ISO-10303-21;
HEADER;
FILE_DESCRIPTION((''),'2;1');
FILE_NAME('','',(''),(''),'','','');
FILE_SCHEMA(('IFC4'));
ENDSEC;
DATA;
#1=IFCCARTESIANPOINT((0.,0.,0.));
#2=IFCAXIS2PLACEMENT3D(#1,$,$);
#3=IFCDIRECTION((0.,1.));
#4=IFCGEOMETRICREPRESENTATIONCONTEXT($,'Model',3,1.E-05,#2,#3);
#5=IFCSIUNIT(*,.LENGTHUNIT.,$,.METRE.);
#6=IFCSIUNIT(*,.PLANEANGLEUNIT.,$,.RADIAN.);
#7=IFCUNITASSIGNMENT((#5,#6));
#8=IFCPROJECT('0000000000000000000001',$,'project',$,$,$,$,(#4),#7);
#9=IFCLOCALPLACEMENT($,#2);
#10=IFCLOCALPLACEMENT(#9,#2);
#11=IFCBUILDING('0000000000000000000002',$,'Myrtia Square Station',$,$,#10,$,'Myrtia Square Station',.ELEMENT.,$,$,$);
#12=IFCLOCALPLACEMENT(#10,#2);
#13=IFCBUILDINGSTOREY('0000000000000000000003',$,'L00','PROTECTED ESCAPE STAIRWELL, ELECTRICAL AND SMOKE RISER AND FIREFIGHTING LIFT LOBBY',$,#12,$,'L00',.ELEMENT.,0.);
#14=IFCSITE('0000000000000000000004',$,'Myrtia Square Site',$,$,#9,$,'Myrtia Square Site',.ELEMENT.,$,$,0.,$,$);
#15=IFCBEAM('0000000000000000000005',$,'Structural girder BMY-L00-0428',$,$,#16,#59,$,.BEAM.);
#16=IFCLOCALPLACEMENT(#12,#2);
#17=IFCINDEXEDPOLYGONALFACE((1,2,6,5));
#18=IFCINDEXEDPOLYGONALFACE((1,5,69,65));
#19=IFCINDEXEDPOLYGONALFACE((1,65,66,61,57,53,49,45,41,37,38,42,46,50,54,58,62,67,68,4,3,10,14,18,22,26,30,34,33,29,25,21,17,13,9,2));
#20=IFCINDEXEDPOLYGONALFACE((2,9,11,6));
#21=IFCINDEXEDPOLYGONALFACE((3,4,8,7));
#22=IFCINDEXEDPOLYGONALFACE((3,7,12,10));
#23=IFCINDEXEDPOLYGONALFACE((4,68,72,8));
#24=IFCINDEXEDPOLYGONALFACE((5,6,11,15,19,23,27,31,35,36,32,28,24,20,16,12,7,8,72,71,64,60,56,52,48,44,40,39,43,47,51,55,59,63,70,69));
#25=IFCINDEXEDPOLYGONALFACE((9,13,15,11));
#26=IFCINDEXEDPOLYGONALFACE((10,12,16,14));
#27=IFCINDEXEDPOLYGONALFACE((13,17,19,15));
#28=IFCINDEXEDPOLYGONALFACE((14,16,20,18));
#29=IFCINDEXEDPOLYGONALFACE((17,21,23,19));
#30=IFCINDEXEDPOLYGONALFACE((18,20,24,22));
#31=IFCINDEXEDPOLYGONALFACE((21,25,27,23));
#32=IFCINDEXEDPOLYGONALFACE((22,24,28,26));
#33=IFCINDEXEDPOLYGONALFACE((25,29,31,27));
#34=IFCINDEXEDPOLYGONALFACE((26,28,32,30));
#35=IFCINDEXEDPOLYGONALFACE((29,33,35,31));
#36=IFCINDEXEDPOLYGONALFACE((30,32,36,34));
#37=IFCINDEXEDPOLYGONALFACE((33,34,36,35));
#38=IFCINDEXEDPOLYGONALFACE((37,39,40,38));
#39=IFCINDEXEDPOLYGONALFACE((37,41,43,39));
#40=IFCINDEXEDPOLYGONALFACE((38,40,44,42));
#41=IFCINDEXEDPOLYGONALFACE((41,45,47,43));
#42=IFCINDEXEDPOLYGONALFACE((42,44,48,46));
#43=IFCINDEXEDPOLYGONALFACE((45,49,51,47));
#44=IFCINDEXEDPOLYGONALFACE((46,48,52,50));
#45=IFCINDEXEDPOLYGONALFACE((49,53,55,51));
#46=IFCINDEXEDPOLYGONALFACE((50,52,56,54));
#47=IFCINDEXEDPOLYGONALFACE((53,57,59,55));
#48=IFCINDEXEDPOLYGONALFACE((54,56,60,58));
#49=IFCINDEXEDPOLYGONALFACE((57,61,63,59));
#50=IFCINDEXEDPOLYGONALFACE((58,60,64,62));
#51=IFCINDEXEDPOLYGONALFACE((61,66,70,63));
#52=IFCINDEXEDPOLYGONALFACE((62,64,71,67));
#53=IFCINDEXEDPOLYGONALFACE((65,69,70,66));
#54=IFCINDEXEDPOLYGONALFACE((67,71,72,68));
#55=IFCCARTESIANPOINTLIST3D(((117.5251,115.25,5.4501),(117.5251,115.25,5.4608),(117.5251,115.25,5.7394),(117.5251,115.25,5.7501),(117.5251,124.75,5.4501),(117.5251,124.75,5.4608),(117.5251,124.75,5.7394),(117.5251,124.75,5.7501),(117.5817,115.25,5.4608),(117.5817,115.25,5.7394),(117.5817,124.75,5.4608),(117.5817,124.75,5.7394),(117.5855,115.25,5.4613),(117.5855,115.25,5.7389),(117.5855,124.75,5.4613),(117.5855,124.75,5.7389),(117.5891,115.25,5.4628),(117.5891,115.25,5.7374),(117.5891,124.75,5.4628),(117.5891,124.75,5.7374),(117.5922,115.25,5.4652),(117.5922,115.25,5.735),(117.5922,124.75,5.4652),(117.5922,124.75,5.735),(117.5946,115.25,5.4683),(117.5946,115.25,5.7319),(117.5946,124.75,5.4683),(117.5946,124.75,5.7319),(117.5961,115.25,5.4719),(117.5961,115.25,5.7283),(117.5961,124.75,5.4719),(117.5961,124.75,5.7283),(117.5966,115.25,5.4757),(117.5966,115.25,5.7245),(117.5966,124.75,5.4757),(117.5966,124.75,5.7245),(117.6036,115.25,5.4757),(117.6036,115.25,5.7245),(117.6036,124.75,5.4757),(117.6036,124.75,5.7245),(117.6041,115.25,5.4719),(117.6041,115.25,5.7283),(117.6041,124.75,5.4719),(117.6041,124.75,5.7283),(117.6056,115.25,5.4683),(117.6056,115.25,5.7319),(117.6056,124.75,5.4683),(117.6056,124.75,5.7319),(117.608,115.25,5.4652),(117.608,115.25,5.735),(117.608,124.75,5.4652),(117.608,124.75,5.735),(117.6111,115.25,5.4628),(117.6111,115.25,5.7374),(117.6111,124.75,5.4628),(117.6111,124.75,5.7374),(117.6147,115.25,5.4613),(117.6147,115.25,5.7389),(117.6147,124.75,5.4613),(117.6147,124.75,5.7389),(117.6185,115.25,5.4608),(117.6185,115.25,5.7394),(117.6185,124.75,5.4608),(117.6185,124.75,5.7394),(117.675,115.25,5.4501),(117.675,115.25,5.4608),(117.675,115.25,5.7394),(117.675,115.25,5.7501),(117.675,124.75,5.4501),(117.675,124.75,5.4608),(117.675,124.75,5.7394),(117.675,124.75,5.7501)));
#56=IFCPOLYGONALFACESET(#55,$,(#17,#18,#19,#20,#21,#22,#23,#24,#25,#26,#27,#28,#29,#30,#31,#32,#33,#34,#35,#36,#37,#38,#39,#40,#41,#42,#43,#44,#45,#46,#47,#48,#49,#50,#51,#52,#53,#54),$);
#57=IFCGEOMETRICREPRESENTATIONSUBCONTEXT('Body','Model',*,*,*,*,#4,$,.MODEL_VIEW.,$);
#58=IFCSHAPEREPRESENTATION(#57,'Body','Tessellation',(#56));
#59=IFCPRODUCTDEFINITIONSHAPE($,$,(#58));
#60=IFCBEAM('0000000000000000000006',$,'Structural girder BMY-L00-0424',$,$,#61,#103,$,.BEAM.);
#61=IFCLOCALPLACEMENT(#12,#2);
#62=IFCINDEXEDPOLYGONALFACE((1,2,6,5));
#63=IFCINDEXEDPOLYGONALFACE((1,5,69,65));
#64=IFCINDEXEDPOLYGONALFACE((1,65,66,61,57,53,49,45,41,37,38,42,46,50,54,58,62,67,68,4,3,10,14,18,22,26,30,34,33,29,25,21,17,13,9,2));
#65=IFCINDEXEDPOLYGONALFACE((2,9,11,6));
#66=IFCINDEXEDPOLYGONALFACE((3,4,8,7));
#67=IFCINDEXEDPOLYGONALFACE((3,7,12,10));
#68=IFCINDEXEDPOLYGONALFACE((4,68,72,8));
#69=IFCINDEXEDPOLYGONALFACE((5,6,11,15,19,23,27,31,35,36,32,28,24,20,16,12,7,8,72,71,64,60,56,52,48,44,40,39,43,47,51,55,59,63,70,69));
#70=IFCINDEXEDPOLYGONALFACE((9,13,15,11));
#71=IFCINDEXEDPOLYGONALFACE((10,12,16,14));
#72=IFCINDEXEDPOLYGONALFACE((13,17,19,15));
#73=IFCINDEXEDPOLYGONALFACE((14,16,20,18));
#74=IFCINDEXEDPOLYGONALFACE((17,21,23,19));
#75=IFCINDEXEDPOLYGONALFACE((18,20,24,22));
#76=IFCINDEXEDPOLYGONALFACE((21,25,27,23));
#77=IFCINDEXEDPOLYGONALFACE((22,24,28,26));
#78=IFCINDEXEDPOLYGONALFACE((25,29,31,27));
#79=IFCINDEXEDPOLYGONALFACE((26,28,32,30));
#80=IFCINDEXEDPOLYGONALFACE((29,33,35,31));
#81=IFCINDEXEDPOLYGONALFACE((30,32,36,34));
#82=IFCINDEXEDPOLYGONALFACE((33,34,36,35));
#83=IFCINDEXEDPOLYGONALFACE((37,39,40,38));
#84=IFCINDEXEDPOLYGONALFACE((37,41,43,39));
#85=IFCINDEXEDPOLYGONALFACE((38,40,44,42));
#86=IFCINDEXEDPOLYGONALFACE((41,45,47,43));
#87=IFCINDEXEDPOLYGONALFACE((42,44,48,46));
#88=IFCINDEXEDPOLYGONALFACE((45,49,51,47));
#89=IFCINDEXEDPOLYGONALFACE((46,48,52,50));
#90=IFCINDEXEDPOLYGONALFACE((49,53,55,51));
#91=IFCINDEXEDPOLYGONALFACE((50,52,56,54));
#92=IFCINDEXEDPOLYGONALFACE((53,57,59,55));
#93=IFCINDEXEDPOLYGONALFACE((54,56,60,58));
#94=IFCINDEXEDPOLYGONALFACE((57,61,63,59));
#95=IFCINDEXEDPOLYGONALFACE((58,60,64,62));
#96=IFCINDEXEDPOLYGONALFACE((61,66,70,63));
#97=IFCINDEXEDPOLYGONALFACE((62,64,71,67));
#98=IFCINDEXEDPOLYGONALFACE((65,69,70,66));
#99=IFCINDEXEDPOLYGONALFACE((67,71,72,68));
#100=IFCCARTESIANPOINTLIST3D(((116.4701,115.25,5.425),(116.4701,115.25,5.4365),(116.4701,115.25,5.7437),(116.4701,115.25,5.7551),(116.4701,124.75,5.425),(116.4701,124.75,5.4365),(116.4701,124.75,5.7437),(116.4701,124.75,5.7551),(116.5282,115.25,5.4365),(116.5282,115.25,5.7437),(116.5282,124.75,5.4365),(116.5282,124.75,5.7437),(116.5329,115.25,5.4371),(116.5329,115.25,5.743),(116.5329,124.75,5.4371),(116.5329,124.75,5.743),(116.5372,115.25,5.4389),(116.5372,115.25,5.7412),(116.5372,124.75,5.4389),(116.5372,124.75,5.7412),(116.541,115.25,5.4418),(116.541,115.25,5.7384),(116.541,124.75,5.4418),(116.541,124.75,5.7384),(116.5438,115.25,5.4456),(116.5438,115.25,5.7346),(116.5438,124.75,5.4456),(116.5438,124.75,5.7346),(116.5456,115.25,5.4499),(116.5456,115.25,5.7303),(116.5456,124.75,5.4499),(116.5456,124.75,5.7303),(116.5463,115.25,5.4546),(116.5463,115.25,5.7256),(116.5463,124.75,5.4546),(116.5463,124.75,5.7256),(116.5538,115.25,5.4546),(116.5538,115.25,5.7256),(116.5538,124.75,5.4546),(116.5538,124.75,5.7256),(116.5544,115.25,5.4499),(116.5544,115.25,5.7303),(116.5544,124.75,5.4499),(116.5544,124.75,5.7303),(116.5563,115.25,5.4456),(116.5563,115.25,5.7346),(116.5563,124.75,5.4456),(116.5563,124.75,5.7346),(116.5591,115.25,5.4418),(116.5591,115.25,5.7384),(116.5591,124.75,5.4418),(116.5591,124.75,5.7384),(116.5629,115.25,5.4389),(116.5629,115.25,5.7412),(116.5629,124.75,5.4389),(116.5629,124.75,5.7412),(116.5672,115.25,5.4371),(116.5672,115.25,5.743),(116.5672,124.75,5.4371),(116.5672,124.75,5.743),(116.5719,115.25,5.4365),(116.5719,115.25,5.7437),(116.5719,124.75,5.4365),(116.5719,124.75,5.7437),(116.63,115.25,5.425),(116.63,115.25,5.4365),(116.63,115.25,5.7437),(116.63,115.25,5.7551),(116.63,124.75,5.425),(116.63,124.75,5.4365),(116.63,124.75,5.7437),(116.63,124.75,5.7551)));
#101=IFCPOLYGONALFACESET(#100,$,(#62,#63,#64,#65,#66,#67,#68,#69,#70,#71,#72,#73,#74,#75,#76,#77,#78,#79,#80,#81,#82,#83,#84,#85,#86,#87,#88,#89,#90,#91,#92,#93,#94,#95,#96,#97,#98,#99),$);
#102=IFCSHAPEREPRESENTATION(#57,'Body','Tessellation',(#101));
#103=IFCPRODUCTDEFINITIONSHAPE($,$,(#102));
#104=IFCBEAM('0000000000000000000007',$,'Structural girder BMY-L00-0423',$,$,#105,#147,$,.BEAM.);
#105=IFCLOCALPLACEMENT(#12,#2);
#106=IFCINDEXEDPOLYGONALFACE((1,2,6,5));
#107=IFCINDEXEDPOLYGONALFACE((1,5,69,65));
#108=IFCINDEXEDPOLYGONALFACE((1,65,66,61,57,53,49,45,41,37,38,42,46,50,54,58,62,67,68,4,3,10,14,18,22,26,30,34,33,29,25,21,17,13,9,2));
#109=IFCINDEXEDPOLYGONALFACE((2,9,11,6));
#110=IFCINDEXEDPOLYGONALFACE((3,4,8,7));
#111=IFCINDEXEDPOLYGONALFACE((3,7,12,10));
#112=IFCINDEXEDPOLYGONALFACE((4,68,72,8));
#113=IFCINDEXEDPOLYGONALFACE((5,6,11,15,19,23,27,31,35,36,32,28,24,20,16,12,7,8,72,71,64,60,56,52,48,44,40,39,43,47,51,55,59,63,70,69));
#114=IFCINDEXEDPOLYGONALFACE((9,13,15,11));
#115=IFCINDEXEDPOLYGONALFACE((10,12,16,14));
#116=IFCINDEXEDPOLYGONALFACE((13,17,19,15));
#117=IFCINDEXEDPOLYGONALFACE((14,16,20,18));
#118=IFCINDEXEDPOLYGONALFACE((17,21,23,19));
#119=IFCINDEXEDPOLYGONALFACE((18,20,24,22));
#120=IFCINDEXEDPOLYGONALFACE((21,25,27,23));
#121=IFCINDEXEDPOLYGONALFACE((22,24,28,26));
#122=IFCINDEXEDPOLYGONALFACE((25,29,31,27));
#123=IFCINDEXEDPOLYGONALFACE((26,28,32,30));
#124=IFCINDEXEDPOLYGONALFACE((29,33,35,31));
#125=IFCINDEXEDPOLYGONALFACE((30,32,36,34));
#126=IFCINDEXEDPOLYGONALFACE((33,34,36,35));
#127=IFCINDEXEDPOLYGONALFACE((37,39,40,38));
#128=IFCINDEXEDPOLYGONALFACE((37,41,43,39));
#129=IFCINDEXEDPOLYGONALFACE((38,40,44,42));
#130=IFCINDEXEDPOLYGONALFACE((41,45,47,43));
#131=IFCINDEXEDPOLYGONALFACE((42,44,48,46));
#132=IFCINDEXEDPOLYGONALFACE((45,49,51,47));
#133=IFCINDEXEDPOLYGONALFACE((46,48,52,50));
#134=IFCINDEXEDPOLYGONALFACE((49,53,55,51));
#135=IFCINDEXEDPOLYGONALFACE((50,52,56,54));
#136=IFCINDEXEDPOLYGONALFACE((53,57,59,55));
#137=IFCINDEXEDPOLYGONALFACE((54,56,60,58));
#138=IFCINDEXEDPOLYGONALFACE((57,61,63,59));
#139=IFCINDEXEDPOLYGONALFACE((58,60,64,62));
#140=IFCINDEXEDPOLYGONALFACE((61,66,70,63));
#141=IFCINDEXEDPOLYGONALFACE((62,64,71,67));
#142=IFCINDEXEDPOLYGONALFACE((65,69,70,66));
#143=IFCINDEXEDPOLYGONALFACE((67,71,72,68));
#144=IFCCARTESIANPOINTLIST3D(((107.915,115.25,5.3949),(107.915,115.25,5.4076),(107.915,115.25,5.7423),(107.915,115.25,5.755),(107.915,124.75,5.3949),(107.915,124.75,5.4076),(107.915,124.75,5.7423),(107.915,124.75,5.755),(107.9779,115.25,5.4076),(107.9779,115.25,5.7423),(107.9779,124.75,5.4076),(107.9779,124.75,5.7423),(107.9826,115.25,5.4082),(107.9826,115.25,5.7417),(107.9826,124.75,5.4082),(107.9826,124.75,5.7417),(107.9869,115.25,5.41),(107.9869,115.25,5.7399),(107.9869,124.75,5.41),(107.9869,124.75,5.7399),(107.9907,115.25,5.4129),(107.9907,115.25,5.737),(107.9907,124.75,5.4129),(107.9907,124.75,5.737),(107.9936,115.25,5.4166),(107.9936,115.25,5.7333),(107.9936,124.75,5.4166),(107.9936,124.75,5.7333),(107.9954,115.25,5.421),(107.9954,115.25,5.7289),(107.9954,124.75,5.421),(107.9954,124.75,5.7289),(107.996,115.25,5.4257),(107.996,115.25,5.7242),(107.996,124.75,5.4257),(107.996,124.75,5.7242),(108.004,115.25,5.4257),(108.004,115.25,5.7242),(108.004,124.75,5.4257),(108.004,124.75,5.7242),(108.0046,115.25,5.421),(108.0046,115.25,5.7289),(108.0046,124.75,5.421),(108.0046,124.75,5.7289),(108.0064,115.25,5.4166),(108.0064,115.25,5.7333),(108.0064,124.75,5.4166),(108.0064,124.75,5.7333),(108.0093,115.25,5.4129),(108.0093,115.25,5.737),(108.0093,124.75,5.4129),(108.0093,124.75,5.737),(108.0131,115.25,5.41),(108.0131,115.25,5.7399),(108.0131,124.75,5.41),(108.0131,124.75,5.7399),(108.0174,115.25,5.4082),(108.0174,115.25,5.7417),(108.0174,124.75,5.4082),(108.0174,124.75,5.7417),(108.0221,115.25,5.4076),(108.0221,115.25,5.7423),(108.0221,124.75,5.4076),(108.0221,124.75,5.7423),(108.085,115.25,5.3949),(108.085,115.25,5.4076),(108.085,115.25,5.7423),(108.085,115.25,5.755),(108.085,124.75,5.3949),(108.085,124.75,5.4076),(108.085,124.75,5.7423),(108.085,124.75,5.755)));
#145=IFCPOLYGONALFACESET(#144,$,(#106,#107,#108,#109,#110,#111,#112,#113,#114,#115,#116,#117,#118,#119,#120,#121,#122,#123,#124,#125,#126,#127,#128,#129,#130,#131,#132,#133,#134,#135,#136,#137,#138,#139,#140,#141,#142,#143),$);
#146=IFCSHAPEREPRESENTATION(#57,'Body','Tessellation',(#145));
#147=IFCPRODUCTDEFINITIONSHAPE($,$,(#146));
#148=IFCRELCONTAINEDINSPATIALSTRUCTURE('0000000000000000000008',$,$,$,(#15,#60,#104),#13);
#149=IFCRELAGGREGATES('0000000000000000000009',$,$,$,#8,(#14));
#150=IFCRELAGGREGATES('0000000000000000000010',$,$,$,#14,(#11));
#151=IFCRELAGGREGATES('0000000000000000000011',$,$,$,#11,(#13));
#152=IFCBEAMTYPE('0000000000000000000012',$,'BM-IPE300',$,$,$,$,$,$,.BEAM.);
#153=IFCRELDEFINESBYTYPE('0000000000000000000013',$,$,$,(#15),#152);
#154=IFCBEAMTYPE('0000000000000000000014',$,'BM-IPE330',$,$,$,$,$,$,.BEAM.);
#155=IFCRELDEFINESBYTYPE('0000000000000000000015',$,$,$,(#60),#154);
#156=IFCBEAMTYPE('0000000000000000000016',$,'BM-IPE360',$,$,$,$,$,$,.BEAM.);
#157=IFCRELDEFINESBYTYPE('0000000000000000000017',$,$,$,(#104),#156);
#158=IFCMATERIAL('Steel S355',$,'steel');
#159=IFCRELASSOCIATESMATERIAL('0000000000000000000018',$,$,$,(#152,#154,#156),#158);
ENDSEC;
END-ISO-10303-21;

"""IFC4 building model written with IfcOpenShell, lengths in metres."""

from ifc_helpers import new_model, si_unit, direction, frame, origin, origin_2d, place, context, subcontext, project, spatial, i_section, extrude, material, material_profile, profile_set, type_object, element, save


model = new_model("IFC4")

# Units and contexts
model_context = context("Model", 3, precision=1e-05, world=origin(), true_north=direction((0.0, 1.0)))
body_context = subcontext(model_context, "Body", "Model", "MODEL_VIEW")
ifc_project = project(units=[si_unit("LENGTHUNIT", "METRE"), si_unit("PLANEANGLEUNIT", "RADIAN")], contexts=[model_context])

# Site, building, storey
site_placement = place(None, origin())
site = spatial("IfcSite", under=ifc_project, at=site_placement, Name="Myrtia Square Site", LongName="Myrtia Square Site", CompositionType="ELEMENT", RefElevation=0.0)
building_placement = place(site_placement, origin())
building = spatial("IfcBuilding", under=site, at=building_placement, Name="Myrtia Square Station", LongName="Myrtia Square Station", CompositionType="ELEMENT")
storey_placement = place(building_placement, origin())
storey = spatial("IfcBuildingStorey", under=building, at=storey_placement, Name="L00", Description="PROTECTED ESCAPE STAIRWELL, ELECTRICAL AND SMOKE RISER AND FIREFIGHTING LIFT LOBBY", LongName="L00", CompositionType="ELEMENT", Elevation=0.0)

# Shared definitions
ifc_material_1 = material(Name="Steel S355", Category="steel")

# Beams
ifc_material_profile_1 = material_profile(ifc_material_1, i_section(OverallWidth=0.1499, OverallDepth=0.3, WebThickness=0.0071, FlangeThickness=0.0107, FilletRadius=0.0149, at=origin_2d()), Name="IPE 300")
ifc_profile_set_1 = profile_set([ifc_material_profile_1], Name="Steel S355")
beam_type_1 = type_object("IfcBeamType", Name="BM-IPE300", PredefinedType="BEAM", material=ifc_profile_set_1)
for number, where, z_axis, x_axis, name in (
    (1, (117.6001, 115.25, 5.6001), (0.0, 1.0, 0.0), (-1.0, 0.0, 0.0), "Structural girder BMY-L00-0428"),
):
    element("IfcBeam", number, at=place(storey_placement, frame(where, z_axis=z_axis, x_axis=x_axis)), inside=storey, type_object=beam_type_1, Name=name, PredefinedType="BEAM", context=body_context, shape_type="SweptSolid", body=[
        extrude(i_section(OverallWidth=0.1499, OverallDepth=0.3, WebThickness=0.0071, FlangeThickness=0.0107, FilletRadius=0.0149, at=origin_2d()), origin(), (0.0, 0.0, 1.0), 9.5),
    ])
ifc_material_profile_2 = material_profile(ifc_material_1, i_section(OverallWidth=0.1599, OverallDepth=0.3301, WebThickness=0.0076, FlangeThickness=0.0115, FilletRadius=0.0181, at=origin_2d()), Name="IPE 330")
ifc_profile_set_2 = profile_set([ifc_material_profile_2], Name="Steel S355")
beam_type_2 = type_object("IfcBeamType", Name="BM-IPE330", PredefinedType="BEAM", material=ifc_profile_set_2)
beam_1_placement = place(storey_placement, frame((116.55, 115.25, 5.5901), z_axis=(0.0, 1.0, 0.0), x_axis=(-1.0, 0.0, 0.0)))
element("IfcBeam", 2, at=beam_1_placement, inside=storey, type_object=beam_type_2, Name="Structural girder BMY-L00-0424", PredefinedType="BEAM", context=body_context, shape_type="SweptSolid", body=[
    extrude(i_section(OverallWidth=0.1599, OverallDepth=0.3301, WebThickness=0.0076, FlangeThickness=0.0115, FilletRadius=0.0181, at=origin_2d()), origin(), (0.0, 0.0, 1.0), 9.5),
])
ifc_material_profile_3 = material_profile(ifc_material_1, i_section(OverallWidth=0.1699, OverallDepth=0.3601, WebThickness=0.0081, FlangeThickness=0.0127, FilletRadius=0.0181, at=origin_2d()), Name="IPE 360")
ifc_profile_set_3 = profile_set([ifc_material_profile_3], Name="Steel S355")
beam_type_3 = type_object("IfcBeamType", Name="BM-IPE360", PredefinedType="BEAM", material=ifc_profile_set_3)
beam_2_placement = place(storey_placement, frame((108.0, 115.25, 5.575), z_axis=(0.0, 1.0, 0.0), x_axis=(-1.0, 0.0, 0.0)))
element("IfcBeam", 3, at=beam_2_placement, inside=storey, type_object=beam_type_3, Name="Structural girder BMY-L00-0423", PredefinedType="BEAM", context=body_context, shape_type="SweptSolid", body=[
    extrude(i_section(OverallWidth=0.1699, OverallDepth=0.3601, WebThickness=0.0081, FlangeThickness=0.0127, FilletRadius=0.0181, at=origin_2d()), origin(), (0.0, 0.0, 1.0), 9.5),
])

save(model, "model.ifc")
